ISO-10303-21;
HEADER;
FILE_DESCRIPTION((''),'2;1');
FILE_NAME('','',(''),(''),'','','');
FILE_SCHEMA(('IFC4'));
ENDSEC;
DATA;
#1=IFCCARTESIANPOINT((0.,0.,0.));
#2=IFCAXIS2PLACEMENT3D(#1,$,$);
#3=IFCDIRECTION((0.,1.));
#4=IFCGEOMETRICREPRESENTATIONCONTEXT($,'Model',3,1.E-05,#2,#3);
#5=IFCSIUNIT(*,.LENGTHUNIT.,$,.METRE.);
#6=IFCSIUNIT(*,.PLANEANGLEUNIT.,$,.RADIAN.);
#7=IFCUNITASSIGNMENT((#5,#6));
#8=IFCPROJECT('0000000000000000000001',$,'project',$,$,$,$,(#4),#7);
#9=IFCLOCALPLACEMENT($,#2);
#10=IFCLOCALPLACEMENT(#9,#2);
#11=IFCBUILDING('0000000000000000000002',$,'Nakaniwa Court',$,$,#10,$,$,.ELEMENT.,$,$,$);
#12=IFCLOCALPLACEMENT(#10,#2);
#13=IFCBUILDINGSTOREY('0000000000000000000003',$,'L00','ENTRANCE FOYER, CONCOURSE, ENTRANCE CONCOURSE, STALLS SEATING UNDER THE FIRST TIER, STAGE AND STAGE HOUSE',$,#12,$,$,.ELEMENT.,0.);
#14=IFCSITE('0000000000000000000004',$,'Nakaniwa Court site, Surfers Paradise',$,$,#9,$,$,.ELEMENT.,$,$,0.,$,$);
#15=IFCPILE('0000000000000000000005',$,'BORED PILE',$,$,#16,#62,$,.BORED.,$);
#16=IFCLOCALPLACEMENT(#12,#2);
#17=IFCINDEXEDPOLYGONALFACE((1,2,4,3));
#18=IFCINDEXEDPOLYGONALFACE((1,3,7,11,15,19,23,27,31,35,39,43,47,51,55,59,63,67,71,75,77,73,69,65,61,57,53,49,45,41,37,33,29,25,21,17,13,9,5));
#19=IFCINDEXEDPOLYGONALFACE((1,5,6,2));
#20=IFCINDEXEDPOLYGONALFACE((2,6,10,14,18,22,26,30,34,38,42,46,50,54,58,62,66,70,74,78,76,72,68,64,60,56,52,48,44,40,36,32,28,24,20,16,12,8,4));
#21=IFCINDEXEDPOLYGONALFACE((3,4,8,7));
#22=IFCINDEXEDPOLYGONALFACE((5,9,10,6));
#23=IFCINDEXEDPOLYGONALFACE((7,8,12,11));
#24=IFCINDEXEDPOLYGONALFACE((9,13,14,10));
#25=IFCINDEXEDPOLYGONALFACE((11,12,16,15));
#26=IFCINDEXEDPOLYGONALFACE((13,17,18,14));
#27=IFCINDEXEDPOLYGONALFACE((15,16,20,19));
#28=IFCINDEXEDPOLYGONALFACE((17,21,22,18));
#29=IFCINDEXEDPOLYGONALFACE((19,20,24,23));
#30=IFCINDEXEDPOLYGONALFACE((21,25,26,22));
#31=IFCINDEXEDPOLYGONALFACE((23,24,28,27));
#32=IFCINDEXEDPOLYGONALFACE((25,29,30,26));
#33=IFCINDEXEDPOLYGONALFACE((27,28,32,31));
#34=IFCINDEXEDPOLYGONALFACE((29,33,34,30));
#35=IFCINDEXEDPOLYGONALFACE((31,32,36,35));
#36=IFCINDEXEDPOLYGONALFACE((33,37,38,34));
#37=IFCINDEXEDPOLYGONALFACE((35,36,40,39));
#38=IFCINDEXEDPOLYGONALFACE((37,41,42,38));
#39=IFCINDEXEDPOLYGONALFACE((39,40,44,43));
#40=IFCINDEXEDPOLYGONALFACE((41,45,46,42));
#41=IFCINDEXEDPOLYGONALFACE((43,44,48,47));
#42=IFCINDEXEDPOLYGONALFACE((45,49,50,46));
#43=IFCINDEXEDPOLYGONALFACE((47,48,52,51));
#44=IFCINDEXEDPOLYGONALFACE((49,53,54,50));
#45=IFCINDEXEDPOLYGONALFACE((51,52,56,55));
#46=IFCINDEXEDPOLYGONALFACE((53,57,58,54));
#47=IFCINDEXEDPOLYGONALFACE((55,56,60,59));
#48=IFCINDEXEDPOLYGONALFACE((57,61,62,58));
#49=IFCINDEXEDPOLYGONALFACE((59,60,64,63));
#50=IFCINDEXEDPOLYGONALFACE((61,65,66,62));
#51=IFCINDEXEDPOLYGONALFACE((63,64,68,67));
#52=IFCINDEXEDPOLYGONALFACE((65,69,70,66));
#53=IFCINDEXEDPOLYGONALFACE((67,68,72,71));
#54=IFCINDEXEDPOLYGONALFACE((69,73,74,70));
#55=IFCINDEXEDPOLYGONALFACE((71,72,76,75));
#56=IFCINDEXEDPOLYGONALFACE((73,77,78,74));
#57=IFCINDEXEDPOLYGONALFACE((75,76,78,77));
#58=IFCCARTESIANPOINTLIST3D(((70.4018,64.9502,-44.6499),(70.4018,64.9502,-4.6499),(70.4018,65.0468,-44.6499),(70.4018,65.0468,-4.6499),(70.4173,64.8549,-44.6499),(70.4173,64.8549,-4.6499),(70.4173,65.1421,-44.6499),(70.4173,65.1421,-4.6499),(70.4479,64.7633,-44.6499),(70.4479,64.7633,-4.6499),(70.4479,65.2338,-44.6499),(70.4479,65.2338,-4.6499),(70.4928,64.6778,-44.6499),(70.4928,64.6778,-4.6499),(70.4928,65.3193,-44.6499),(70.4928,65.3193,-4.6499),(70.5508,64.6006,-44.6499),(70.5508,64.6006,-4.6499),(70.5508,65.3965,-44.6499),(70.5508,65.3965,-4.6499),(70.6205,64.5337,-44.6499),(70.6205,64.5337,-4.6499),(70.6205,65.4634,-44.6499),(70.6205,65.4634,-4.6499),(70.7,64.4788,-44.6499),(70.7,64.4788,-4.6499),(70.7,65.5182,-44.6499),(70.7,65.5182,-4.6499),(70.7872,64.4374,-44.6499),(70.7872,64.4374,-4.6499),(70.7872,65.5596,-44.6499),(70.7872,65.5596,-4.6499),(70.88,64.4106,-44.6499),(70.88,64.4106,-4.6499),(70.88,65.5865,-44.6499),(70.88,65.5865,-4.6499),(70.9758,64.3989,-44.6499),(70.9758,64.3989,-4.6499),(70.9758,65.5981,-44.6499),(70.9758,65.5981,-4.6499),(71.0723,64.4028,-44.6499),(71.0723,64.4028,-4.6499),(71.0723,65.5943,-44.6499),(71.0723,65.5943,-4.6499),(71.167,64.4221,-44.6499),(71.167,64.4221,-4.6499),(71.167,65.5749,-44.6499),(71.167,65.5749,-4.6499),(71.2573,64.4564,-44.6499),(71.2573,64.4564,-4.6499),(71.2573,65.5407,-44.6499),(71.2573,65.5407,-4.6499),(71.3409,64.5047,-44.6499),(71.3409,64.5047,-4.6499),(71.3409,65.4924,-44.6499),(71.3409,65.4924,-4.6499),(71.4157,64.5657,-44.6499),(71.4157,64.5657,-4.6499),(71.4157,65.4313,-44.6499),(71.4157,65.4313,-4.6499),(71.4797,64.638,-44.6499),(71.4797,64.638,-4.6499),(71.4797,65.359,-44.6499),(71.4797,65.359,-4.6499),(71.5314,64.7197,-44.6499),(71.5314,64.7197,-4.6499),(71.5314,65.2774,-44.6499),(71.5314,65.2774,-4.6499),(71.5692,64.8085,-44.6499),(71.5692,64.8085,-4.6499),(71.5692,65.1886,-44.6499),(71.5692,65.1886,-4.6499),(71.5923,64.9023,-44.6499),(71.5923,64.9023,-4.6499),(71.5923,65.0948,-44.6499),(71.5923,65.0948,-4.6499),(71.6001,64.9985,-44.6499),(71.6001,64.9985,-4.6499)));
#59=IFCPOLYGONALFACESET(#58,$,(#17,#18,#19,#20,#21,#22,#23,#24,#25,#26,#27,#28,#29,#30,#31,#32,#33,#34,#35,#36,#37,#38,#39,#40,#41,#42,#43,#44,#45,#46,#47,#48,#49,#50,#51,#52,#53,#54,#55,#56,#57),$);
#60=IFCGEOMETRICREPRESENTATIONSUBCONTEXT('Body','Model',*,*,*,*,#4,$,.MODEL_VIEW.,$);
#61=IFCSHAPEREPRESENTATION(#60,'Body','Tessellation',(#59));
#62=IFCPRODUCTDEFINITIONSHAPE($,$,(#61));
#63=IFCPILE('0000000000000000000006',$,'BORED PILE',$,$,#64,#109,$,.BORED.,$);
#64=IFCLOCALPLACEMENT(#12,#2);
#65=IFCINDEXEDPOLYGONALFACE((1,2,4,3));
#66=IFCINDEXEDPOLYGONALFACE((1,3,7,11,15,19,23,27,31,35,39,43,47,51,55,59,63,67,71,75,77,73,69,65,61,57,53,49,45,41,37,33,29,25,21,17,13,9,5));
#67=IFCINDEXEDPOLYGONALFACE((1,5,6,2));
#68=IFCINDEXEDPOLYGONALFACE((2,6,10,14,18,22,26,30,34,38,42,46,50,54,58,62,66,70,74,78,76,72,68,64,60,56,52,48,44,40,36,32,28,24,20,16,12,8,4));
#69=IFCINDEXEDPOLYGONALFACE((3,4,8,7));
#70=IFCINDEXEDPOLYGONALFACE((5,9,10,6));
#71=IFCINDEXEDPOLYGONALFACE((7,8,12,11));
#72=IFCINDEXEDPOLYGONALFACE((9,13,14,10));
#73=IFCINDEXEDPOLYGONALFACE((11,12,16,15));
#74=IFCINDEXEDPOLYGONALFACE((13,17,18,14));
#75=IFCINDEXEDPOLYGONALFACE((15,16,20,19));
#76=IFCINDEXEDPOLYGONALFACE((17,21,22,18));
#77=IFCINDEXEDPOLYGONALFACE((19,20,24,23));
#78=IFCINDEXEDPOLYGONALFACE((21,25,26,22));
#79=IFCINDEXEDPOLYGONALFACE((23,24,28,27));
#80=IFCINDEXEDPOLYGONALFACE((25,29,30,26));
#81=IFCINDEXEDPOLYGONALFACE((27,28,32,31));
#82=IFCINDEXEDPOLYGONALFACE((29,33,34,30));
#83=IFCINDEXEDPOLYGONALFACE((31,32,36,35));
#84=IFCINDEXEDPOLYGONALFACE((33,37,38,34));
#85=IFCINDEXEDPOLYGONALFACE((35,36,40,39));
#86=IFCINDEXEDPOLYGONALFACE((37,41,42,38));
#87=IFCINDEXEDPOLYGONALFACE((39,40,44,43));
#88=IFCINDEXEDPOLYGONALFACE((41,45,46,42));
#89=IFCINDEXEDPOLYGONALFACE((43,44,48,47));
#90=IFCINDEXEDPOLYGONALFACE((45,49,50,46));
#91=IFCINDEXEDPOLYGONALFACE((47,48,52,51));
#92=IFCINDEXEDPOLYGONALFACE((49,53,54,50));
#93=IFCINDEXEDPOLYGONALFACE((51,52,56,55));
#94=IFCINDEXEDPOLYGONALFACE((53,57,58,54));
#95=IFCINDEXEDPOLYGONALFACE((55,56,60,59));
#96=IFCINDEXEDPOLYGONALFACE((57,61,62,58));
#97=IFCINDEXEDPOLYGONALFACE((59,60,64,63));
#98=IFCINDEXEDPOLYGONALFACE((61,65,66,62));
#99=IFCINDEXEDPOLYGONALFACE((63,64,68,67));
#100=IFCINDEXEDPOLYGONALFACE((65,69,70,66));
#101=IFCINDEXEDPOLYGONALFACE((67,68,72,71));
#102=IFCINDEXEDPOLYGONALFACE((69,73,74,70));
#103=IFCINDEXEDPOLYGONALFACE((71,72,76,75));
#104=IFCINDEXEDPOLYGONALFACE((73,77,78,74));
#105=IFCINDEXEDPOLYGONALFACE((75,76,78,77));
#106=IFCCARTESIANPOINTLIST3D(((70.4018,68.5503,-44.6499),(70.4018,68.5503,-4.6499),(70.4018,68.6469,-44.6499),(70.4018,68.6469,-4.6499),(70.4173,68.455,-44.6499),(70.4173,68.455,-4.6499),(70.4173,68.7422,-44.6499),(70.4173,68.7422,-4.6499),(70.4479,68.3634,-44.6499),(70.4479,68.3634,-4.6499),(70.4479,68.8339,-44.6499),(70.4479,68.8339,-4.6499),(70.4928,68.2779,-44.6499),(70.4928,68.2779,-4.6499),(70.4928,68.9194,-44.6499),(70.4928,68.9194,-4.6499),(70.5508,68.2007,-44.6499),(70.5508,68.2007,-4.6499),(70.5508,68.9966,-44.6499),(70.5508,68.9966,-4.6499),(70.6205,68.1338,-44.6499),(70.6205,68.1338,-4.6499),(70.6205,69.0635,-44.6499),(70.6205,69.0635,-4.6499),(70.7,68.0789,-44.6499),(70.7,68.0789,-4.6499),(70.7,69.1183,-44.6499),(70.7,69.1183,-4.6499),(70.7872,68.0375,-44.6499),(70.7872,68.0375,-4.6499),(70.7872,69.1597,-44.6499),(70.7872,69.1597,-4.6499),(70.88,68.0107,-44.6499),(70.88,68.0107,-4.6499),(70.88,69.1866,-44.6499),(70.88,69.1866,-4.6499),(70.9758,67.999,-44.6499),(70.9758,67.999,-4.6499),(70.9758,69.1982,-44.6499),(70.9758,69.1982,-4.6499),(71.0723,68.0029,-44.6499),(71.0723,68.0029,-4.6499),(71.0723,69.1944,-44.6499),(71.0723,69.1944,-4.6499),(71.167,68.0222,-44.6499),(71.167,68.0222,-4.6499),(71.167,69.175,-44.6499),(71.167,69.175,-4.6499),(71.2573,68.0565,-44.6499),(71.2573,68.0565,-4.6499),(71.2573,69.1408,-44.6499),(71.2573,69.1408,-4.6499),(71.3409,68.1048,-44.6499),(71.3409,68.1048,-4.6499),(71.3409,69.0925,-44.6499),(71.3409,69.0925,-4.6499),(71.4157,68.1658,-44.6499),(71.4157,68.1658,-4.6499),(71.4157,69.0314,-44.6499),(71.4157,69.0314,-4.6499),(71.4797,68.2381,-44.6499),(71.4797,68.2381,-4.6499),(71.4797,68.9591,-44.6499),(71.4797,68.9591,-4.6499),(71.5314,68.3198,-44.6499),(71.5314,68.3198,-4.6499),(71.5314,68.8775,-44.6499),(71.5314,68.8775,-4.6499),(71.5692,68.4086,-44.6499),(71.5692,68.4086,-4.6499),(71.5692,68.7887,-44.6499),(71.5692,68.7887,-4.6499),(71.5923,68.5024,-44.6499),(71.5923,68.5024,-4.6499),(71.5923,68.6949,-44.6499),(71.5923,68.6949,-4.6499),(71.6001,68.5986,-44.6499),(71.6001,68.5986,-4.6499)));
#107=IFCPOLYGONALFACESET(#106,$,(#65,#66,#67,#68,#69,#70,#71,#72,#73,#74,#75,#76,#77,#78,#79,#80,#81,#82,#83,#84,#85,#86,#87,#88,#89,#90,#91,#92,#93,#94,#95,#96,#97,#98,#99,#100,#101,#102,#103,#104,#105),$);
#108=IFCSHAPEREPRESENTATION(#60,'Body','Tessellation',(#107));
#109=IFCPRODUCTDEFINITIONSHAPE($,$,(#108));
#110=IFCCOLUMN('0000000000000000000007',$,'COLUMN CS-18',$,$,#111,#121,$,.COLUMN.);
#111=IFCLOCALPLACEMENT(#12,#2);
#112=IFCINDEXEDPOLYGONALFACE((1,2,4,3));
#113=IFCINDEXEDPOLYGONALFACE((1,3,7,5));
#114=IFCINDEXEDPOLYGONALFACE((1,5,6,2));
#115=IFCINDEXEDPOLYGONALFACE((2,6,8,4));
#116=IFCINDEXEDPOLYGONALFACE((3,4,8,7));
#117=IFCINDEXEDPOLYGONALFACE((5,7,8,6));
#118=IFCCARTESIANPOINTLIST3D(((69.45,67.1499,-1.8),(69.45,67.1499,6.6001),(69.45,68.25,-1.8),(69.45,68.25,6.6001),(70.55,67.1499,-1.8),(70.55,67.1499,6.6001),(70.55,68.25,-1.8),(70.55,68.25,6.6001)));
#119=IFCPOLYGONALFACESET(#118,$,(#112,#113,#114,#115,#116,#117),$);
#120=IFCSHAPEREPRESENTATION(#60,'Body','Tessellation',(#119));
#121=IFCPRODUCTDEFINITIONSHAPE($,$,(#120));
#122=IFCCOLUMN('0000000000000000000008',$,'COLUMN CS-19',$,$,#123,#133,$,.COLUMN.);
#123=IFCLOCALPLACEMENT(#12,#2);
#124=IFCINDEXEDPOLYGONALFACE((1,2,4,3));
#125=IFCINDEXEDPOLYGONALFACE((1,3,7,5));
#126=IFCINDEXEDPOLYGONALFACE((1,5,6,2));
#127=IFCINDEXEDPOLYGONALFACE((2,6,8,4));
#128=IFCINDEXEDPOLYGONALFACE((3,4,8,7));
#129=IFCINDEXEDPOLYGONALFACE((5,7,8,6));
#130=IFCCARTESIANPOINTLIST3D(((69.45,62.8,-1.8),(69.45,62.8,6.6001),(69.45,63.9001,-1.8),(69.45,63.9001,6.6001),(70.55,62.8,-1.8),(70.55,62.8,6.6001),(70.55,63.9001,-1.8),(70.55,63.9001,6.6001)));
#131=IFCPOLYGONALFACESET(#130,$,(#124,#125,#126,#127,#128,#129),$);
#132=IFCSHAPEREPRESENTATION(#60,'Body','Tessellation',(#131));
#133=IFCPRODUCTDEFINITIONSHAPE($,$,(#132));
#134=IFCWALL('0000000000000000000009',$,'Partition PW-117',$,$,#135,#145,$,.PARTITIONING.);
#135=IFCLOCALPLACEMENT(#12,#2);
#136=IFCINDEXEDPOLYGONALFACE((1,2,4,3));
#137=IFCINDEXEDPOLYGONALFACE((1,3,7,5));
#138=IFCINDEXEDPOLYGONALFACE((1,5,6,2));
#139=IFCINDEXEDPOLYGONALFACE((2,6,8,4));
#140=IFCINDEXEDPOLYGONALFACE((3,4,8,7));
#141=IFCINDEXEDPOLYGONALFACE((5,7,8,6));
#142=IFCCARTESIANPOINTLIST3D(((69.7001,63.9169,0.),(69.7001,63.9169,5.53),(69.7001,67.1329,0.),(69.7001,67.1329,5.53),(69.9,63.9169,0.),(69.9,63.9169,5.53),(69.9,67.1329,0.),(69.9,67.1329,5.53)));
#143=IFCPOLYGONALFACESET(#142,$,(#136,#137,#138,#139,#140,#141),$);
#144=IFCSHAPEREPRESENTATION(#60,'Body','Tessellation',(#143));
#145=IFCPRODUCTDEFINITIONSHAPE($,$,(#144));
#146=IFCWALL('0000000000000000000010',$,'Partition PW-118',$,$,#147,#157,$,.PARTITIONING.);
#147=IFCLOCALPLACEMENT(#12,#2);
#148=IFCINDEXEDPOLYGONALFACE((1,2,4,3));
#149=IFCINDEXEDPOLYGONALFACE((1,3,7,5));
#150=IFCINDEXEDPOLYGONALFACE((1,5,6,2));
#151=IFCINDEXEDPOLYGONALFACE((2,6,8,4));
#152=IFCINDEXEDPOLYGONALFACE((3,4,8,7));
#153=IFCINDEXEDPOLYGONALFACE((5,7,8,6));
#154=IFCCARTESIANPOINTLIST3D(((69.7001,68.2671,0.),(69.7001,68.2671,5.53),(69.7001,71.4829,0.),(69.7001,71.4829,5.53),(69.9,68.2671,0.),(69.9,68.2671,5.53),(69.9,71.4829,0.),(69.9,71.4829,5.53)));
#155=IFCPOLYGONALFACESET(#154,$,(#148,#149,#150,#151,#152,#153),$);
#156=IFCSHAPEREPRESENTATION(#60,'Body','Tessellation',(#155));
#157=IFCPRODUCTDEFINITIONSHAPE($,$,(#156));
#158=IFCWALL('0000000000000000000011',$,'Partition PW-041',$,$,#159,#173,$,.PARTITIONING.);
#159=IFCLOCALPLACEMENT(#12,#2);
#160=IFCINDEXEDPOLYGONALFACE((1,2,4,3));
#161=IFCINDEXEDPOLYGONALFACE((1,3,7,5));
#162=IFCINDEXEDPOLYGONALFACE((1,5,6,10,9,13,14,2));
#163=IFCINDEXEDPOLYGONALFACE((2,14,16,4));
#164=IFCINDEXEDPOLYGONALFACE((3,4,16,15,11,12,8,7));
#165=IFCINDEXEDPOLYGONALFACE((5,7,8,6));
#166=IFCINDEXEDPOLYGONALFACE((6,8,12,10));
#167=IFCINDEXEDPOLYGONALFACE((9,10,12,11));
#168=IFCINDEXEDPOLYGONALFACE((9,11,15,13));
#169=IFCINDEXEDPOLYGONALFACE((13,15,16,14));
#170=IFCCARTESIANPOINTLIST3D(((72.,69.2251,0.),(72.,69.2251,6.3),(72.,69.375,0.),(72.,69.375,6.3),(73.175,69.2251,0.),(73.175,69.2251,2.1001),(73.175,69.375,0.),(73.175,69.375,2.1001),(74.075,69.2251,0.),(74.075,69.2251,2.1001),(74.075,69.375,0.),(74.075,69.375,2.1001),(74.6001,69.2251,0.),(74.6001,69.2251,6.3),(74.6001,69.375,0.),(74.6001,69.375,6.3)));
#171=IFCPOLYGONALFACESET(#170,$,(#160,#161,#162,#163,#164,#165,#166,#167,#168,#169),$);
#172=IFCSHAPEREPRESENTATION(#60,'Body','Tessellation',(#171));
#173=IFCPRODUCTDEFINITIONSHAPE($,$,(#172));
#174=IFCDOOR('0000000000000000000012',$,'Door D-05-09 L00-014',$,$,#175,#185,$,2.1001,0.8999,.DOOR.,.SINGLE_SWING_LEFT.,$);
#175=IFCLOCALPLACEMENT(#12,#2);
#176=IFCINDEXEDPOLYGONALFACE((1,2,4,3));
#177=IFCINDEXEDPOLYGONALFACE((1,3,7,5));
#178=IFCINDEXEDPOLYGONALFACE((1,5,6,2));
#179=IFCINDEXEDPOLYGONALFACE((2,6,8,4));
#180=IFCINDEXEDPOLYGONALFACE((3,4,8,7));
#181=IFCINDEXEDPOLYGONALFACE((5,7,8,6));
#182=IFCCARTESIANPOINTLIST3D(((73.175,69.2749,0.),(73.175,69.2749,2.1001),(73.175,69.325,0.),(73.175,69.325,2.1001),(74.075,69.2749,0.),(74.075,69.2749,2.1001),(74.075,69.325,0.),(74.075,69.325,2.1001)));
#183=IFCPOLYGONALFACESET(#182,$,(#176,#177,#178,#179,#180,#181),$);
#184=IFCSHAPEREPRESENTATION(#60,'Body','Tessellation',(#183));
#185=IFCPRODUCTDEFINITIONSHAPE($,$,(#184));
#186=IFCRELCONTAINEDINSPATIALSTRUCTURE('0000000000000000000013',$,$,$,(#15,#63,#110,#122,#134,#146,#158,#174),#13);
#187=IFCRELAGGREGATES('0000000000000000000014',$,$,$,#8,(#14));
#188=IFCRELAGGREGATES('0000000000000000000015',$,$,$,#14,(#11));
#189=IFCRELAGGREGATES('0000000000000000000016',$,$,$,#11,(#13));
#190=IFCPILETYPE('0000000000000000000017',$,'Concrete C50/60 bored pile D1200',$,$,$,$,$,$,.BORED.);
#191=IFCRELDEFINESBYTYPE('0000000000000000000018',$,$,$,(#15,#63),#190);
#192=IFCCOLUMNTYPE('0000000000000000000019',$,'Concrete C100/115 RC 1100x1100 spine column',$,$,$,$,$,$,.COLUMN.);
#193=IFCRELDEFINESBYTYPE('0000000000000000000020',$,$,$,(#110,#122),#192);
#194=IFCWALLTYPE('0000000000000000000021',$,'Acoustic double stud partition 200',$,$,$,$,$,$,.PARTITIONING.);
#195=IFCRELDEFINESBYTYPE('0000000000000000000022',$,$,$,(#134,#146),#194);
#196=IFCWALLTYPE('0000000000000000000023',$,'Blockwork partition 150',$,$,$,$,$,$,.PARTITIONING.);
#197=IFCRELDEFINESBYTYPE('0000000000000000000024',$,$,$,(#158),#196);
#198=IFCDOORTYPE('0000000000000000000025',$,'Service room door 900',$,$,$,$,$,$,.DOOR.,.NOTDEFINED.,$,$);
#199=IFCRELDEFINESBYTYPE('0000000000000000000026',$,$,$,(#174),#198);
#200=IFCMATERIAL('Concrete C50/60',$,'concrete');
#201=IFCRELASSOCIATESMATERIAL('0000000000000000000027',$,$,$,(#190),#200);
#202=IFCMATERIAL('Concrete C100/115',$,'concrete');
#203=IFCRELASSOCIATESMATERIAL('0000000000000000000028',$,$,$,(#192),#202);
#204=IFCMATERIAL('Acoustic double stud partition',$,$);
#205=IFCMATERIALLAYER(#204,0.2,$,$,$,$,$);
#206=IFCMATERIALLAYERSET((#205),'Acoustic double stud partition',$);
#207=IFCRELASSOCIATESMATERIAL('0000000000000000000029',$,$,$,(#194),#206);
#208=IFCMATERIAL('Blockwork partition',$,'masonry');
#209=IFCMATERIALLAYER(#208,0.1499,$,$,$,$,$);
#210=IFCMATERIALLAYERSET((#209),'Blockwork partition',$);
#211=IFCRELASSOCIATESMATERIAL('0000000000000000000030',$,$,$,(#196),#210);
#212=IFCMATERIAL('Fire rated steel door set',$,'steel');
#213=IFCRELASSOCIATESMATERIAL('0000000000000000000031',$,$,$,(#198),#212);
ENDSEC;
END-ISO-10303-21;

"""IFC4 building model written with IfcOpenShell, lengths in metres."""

from ifc_helpers import new_model, si_unit, direction, frame, frame_2d, origin, origin_2d, place, context, subcontext, project, spatial, rectangle, circle, extrude, material, layer, layer_set, material_profile, profile_set, type_object, element, fill, save


model = new_model("IFC4")

# Units and contexts
model_context = context("Model", 3, precision=1e-05, world=origin(), true_north=direction((0.0, 1.0)))
body_context = subcontext(model_context, "Body", "Model", "MODEL_VIEW")
ifc_project = project(units=[si_unit("LENGTHUNIT", "METRE"), si_unit("PLANEANGLEUNIT", "RADIAN")], contexts=[model_context])

# Site, building, storey
site_placement = place(None, origin())
site = spatial("IfcSite", under=ifc_project, at=site_placement, Name="Nakaniwa Court site, Surfers Paradise", CompositionType="ELEMENT", RefElevation=0.0)
building_placement = place(site_placement, origin())
building = spatial("IfcBuilding", under=site, at=building_placement, Name="Nakaniwa Court", CompositionType="ELEMENT")
storey_placement = place(building_placement, origin())
storey = spatial("IfcBuildingStorey", under=building, at=storey_placement, Name="L00", Description="ENTRANCE FOYER, CONCOURSE, ENTRANCE CONCOURSE, STALLS SEATING UNDER THE FIRST TIER, STAGE AND STAGE HOUSE", CompositionType="ELEMENT", Elevation=0.0)

# Piles
ifc_material_1 = material(Name="Concrete C50/60", Category="concrete")
ifc_material_profile_1 = material_profile(ifc_material_1, circle(Radius=0.6001, at=origin_2d()), Name="Concrete C50/60 bored pile D1200")
ifc_profile_set_1 = profile_set([ifc_material_profile_1], Name="Concrete C50/60")
pile_type = type_object("IfcPileType", Name="Concrete C50/60 bored pile D1200", PredefinedType="BORED", material=ifc_profile_set_1)
for number, where, z_axis, x_axis, name in (
    (1, (71.0, 64.9985, -4.6499), (0.0, 0.0, -1.0), (1.0, 0.0, 0.0), "BORED PILE"),
    (2, (71.0, 68.5986, -4.6499), (0.0, 0.0, -1.0), (1.0, 0.0, 0.0), "BORED PILE"),
):
    element("IfcPile", number, at=place(storey_placement, frame(where, z_axis=z_axis, x_axis=x_axis)), inside=storey, type_object=pile_type, Name=name, PredefinedType="BORED", context=body_context, shape_type="SweptSolid", body=[
        extrude(circle(Radius=0.6001, at=origin_2d()), origin(), (0.0, 0.0, 1.0), 40.0),
    ])

# Columns
ifc_material_2 = material(Name="Concrete C100/115", Category="concrete")
ifc_material_profile_2 = material_profile(ifc_material_2, rectangle(XDim=1.1001, YDim=1.1001, at=origin_2d()), Name="Concrete C100/115 RC 1100x1100 spine column")
ifc_profile_set_2 = profile_set([ifc_material_profile_2], Name="Concrete C100/115")
column_type = type_object("IfcColumnType", Name="Concrete C100/115 RC 1100x1100 spine column", PredefinedType="COLUMN", material=ifc_profile_set_2)
for number, where, z_axis, x_axis, name in (
    (3, (70.0, 67.7, -1.8), (0.0, 0.0, 1.0), (0.0, -1.0, 0.0), "COLUMN CS-18"),
    (4, (70.0, 63.3501, -1.8), (0.0, 0.0, 1.0), (0.0, -1.0, 0.0), "COLUMN CS-19"),
):
    element("IfcColumn", number, at=place(storey_placement, frame(where, z_axis=z_axis, x_axis=x_axis)), inside=storey, type_object=column_type, Name=name, PredefinedType="COLUMN", context=body_context, shape_type="SweptSolid", body=[
        extrude(rectangle(XDim=1.1001, YDim=1.1001, at=origin_2d()), origin(), (0.0, 0.0, 1.0), 8.4001),
    ])

# Walls
ifc_material_3 = material(Name="Acoustic double stud partition")
ifc_layer_1 = layer(ifc_material_3, 0.2)
ifc_layer_set_1 = layer_set([ifc_layer_1], Name="Acoustic double stud partition")
wall_type_1 = type_object("IfcWallType", Name="Acoustic double stud partition 200", PredefinedType="PARTITIONING", material=ifc_layer_set_1)
wall_1_placement = place(storey_placement, frame((69.8, 63.917, 0.0), z_axis=(0.0, 0.0, 1.0), x_axis=(0.0, 1.0, 0.0)))
element("IfcWall", 5, at=wall_1_placement, inside=storey, type_object=wall_type_1, Name="Partition PW-117", PredefinedType="PARTITIONING", context=body_context, shape_type="SweptSolid", body=[
    extrude(rectangle(XDim=3.2161, YDim=0.2, at=frame_2d((1.6079, 0.0))), origin(), (0.0, 0.0, 1.0), 5.53),
])
wall_2_placement = place(storey_placement, frame((69.8, 68.2671, 0.0), z_axis=(0.0, 0.0, 1.0), x_axis=(0.0, 1.0, 0.0)))
element("IfcWall", 6, at=wall_2_placement, inside=storey, type_object=wall_type_1, Name="Partition PW-118", PredefinedType="PARTITIONING", context=body_context, shape_type="SweptSolid", body=[
    extrude(rectangle(XDim=3.2158, YDim=0.2, at=frame_2d((1.6079, 0.0))), origin(), (0.0, 0.0, 1.0), 5.53),
])

# Wall, opening, door
ifc_material_4 = material(Name="Blockwork partition", Category="masonry")
ifc_layer_2 = layer(ifc_material_4, 0.1499)
ifc_layer_set_2 = layer_set([ifc_layer_2], Name="Blockwork partition")
wall_type_2 = type_object("IfcWallType", Name="Blockwork partition 150", PredefinedType="PARTITIONING", material=ifc_layer_set_2)
wall_3_placement = place(storey_placement, frame((72.0, 69.3, 0.0), z_axis=(0.0, 0.0, 1.0), x_axis=(1.0, 0.0, 0.0)))
wall_3 = element("IfcWall", 7, at=wall_3_placement, inside=storey, type_object=wall_type_2, Name="Partition PW-041", PredefinedType="PARTITIONING", context=body_context, shape_type="SweptSolid", body=[
    extrude(rectangle(XDim=2.6001, YDim=0.1499, at=frame_2d((1.3, 0.0))), origin(), (0.0, 0.0, 1.0), 6.3),
])
opening_1_placement = place(wall_3_placement, frame((1.175, 0.0, 0.0)))
opening_1 = element("IfcOpeningElement", 8, at=opening_1_placement, cuts=wall_3, PredefinedType="OPENING", context=body_context, shape_type="SweptSolid", body=[
    extrude(rectangle(XDim=0.8999, YDim=2.1001, at=frame_2d((0.45, 1.05))), frame((0.0, 0.085, 0.0), z_axis=(0.0, -1.0, 0.0), x_axis=(1.0, 0.0, 0.0)), (0.0, 0.0, 1.0), 0.1699),
])
ifc_material_5 = material(Name="Fire rated steel door set", Category="steel")
door_type_1 = type_object("IfcDoorType", Name="Service room door 900", OperationType="NOTDEFINED", PredefinedType="DOOR", material=ifc_material_5)
door_1_placement = place(opening_1_placement, origin())
door_1 = element("IfcDoor", 9, at=door_1_placement, inside=storey, type_object=door_type_1, Name="Door D-05-09 L00-014", OperationType="SINGLE_SWING_LEFT", OverallHeight=2.1001, OverallWidth=0.8999, PredefinedType="DOOR", context=body_context, shape_type="SweptSolid", body=[
    extrude(rectangle(XDim=0.8999, YDim=2.1001, at=frame_2d((0.45, 1.05))), frame((0.0, 0.0249, 0.0), z_axis=(0.0, -1.0, 0.0), x_axis=(1.0, 0.0, 0.0)), (0.0, 0.0, 1.0), 0.05),
])
fill(opening_1, door_1)

save(model, "model.ifc")
